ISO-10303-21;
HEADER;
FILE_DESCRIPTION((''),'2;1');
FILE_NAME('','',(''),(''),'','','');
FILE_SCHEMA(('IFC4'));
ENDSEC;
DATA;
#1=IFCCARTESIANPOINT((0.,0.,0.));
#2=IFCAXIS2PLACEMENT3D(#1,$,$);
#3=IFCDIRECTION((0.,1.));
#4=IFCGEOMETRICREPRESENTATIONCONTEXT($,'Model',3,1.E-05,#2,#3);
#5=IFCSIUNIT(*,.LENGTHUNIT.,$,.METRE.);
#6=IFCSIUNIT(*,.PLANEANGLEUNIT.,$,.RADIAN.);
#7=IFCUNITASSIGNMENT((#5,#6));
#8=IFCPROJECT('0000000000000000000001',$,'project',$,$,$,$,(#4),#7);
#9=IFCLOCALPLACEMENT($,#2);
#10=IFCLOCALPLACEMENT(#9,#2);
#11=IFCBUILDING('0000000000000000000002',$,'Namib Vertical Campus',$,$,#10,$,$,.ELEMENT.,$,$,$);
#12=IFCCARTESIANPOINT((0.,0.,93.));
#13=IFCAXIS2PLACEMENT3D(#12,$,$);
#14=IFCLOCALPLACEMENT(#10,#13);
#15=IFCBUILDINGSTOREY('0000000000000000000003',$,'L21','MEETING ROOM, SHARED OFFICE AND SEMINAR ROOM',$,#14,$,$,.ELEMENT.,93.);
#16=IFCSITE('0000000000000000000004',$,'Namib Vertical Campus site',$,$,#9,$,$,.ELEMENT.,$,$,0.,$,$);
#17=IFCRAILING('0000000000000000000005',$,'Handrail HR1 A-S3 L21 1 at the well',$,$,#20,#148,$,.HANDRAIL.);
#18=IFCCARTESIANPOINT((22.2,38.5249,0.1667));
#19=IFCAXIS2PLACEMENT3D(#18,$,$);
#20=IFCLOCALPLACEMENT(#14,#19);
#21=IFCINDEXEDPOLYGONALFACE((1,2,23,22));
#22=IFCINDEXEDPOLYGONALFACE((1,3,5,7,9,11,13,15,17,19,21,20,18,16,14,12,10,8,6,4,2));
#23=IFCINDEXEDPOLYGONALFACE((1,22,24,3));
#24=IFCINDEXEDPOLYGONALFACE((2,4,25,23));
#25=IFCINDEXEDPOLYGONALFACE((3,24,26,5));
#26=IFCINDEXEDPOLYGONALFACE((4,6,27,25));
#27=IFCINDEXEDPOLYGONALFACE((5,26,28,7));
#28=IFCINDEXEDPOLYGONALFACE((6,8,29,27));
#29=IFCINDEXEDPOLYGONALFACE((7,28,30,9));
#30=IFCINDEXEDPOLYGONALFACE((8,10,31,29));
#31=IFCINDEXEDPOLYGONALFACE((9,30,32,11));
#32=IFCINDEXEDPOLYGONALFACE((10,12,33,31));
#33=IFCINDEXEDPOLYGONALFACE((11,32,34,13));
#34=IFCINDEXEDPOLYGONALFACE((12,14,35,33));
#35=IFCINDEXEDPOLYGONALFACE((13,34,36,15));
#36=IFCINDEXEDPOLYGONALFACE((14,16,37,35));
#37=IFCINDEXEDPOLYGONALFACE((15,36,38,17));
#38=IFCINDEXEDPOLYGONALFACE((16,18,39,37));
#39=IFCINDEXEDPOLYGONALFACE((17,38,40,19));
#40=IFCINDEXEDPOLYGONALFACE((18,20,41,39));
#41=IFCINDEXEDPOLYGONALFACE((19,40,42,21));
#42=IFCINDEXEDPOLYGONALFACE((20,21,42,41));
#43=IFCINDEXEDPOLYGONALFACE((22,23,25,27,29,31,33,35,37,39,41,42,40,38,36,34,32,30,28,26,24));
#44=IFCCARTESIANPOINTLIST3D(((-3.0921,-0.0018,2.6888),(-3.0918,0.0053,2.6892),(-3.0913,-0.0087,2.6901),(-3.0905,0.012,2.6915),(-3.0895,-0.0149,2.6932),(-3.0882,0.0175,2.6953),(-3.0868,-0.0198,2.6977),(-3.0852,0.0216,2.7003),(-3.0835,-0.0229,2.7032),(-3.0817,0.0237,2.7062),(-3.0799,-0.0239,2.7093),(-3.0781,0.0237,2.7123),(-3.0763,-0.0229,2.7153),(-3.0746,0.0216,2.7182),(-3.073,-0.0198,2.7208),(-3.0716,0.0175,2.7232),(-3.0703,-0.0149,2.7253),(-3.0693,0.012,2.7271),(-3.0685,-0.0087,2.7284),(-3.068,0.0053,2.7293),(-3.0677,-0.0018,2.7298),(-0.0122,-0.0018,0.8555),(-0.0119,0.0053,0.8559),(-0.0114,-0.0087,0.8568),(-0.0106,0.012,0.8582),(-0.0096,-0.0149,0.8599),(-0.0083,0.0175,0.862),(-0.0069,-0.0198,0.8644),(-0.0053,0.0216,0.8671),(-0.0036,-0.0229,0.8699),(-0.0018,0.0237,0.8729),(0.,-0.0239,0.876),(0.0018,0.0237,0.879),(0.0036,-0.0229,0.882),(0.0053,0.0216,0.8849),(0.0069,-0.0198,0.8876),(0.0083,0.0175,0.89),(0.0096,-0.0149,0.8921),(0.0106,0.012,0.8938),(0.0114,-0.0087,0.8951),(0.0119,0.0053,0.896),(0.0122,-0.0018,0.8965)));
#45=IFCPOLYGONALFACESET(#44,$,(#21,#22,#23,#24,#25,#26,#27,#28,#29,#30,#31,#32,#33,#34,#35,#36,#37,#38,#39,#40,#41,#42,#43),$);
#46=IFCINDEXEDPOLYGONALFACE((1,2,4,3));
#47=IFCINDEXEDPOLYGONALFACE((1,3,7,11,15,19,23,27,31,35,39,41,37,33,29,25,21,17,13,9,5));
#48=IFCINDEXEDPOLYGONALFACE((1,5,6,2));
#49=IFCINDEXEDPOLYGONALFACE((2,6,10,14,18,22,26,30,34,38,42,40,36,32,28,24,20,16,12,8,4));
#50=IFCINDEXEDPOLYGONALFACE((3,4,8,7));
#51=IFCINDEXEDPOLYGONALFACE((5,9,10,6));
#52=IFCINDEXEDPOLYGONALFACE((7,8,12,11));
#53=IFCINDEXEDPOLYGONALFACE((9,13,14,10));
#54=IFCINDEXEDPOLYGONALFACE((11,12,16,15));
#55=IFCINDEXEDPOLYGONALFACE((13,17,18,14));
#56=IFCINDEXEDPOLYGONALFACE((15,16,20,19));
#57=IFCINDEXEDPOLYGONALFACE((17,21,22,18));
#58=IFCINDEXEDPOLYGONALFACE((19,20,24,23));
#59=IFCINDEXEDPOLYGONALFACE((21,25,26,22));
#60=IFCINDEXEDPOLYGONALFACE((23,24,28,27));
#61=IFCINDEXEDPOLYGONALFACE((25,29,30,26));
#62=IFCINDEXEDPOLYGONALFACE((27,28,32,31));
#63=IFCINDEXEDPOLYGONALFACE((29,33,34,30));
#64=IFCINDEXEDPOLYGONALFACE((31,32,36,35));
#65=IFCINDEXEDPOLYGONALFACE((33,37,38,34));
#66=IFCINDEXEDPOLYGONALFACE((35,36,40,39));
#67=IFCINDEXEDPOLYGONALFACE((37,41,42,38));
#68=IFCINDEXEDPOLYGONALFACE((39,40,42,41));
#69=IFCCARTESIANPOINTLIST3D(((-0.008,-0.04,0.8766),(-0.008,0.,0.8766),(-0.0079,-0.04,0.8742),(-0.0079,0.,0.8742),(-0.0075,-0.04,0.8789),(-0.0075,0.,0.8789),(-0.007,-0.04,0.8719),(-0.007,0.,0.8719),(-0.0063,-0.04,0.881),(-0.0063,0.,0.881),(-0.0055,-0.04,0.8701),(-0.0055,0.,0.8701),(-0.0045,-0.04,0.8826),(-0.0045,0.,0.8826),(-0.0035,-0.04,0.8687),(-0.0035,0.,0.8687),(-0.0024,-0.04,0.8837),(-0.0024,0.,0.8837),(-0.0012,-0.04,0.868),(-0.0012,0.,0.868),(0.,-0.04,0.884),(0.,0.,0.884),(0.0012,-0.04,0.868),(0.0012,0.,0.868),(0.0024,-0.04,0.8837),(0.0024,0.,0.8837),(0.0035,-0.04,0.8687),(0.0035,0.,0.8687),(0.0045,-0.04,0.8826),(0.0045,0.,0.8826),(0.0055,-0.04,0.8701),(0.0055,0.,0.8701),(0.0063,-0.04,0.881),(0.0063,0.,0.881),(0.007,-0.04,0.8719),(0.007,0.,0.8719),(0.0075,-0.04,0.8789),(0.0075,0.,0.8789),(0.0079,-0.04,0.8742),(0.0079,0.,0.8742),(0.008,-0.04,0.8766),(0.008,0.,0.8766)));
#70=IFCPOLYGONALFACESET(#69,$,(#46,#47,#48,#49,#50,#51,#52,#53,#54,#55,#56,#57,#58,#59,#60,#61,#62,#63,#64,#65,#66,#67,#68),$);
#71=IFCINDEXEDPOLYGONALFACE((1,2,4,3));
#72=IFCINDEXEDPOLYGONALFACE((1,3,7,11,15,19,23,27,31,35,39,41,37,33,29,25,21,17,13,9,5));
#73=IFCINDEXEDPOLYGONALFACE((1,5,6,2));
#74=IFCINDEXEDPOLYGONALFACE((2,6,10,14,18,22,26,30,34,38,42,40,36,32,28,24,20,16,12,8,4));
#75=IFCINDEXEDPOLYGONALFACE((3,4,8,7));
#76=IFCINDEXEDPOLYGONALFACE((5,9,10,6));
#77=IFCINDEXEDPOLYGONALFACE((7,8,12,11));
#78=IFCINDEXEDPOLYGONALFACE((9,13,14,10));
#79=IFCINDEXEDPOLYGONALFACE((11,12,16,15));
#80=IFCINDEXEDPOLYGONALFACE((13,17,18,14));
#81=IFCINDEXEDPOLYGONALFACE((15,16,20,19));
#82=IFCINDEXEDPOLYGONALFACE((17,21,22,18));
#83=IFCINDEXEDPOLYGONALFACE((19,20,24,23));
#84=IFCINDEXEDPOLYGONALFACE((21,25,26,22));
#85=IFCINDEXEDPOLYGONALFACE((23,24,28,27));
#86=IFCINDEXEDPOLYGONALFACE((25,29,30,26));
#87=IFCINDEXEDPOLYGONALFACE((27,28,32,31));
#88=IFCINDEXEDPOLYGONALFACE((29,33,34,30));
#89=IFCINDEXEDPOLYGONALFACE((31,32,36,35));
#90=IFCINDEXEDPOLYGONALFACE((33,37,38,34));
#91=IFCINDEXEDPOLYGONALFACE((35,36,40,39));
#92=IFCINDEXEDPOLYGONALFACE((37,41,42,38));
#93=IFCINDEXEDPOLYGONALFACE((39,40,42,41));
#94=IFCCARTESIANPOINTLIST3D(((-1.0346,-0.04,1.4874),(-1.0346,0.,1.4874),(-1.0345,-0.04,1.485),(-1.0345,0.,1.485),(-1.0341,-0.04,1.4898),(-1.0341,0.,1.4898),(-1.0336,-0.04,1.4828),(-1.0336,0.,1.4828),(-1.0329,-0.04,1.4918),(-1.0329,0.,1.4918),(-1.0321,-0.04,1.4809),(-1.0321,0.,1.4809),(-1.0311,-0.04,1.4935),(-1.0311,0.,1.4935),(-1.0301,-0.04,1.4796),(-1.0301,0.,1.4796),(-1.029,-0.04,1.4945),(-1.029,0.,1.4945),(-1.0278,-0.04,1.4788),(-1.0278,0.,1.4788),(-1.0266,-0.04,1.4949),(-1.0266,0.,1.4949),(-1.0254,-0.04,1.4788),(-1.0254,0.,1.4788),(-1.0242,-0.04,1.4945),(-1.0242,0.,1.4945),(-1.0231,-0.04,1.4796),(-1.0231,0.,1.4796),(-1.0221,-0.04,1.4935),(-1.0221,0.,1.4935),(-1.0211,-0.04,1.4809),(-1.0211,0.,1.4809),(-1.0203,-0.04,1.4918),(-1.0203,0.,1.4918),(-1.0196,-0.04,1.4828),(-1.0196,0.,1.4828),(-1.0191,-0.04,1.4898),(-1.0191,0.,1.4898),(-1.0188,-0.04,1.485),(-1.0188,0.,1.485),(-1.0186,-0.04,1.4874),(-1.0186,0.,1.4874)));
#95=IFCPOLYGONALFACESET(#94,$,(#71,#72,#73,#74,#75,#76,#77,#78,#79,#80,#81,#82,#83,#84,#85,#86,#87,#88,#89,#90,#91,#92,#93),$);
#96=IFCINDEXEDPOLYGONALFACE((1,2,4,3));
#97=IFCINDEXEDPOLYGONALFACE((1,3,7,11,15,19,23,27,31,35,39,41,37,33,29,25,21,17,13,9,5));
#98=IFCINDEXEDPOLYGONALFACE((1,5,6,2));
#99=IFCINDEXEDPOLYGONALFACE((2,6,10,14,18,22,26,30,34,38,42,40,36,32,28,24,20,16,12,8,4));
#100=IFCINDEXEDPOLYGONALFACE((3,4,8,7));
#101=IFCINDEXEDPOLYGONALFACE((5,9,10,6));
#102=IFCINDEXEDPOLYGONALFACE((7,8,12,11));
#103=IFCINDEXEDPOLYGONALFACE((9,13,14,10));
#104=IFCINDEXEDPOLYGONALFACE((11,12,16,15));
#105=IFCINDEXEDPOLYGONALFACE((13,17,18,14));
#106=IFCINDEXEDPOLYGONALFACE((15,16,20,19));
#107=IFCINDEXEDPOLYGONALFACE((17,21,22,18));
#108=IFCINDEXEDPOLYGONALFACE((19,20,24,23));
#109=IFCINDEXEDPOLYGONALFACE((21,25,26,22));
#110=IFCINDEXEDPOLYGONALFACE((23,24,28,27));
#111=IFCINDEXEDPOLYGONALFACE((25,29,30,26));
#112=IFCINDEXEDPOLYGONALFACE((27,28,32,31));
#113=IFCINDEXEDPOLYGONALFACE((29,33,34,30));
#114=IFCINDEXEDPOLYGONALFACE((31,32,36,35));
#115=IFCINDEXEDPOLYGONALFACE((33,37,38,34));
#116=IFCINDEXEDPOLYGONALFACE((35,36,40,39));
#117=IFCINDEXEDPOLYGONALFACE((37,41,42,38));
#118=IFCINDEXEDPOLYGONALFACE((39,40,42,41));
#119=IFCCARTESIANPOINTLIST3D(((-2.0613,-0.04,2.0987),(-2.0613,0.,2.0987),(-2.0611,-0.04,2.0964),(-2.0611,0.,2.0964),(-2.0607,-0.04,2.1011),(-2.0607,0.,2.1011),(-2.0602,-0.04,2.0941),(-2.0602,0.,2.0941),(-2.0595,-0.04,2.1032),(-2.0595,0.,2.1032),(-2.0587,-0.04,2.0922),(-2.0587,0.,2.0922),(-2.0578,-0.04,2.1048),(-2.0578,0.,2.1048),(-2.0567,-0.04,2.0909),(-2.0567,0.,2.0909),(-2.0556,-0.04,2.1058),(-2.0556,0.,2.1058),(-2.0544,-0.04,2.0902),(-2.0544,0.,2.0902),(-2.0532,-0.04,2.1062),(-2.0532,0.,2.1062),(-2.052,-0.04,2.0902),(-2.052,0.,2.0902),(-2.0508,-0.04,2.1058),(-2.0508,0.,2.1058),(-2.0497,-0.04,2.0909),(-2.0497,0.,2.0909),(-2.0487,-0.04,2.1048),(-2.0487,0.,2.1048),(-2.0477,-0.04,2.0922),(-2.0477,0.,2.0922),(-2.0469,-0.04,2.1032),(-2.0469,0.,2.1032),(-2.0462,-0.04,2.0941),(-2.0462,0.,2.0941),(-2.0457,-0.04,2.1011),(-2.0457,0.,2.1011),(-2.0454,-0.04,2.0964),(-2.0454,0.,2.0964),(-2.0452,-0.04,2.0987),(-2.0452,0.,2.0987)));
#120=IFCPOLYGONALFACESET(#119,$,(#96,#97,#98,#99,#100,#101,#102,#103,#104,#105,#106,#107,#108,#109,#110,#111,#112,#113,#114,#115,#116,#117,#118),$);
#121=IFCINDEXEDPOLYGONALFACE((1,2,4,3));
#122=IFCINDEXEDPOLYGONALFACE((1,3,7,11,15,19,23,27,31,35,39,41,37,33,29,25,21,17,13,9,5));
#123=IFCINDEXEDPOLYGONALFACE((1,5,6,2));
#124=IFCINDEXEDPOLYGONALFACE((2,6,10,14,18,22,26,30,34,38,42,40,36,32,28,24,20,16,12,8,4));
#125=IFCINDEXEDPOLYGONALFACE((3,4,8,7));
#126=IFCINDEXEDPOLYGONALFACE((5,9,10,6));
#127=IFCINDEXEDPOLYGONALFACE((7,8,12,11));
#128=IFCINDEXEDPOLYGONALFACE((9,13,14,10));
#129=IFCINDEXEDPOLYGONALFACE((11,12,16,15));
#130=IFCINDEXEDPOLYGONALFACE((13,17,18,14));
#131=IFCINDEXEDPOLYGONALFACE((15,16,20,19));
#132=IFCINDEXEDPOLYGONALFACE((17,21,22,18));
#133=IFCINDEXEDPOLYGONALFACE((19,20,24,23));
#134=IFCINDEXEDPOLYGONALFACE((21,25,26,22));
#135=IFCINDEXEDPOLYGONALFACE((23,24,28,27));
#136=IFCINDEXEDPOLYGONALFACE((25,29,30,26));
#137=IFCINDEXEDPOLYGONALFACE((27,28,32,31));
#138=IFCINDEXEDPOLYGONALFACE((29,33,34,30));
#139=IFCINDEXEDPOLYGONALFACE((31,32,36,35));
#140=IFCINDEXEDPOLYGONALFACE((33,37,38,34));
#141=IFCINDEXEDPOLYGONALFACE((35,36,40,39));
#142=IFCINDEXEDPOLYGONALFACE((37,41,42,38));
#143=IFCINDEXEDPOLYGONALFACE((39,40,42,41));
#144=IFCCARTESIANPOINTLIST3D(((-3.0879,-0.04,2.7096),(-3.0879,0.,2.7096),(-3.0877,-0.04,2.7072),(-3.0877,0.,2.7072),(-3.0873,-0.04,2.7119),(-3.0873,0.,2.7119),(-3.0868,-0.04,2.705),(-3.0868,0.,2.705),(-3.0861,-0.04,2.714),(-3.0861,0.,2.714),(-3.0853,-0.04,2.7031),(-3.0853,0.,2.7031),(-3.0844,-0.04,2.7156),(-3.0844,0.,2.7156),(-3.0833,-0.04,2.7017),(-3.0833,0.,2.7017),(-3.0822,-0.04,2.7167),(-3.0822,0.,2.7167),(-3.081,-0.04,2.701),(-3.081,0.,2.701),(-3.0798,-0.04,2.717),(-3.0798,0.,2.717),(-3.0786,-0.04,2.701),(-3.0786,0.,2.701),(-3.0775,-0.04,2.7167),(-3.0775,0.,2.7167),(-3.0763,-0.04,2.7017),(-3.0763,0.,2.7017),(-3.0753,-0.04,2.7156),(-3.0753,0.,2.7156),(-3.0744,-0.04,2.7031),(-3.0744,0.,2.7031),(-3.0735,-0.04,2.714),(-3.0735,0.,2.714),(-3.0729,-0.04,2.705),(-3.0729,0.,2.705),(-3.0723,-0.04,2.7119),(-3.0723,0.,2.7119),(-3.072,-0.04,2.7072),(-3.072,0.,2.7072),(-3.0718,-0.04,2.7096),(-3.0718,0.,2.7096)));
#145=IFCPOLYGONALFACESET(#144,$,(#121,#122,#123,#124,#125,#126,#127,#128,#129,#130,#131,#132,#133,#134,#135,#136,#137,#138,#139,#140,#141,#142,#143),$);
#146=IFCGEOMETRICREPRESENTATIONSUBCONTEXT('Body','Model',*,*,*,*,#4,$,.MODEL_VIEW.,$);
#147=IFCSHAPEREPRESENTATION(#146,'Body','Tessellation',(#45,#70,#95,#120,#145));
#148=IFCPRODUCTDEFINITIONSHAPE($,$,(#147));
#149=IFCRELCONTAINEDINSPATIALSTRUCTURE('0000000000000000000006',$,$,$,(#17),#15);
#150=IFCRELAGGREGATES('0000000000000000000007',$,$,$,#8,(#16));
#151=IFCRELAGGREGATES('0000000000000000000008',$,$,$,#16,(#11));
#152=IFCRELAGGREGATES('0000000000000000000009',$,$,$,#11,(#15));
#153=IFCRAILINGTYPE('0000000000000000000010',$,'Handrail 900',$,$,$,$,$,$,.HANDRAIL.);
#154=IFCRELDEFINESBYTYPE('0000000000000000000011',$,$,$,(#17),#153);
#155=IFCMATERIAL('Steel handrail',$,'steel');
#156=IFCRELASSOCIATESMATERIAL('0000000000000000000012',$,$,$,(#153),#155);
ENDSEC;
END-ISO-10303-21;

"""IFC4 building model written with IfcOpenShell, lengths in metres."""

from ifc_helpers import new_model, si_unit, direction, frame, origin, origin_2d, place, context, subcontext, project, spatial, circle, extrude, material, type_object, element, save


model = new_model("IFC4")

# Units and contexts
model_context = context("Model", 3, precision=1e-05, world=origin(), true_north=direction((0.0, 1.0)))
body_context = subcontext(model_context, "Body", "Model", "MODEL_VIEW")
ifc_project = project(units=[si_unit("LENGTHUNIT", "METRE"), si_unit("PLANEANGLEUNIT", "RADIAN")], contexts=[model_context])

# Site, building, storey
site_placement = place(None, origin())
site = spatial("IfcSite", under=ifc_project, at=site_placement, Name="Namib Vertical Campus site", CompositionType="ELEMENT", RefElevation=0.0)
building_placement = place(site_placement, origin())
building = spatial("IfcBuilding", under=site, at=building_placement, Name="Namib Vertical Campus", CompositionType="ELEMENT")
storey_placement = place(building_placement, frame((0.0, 0.0, 93.0)))
storey = spatial("IfcBuildingStorey", under=building, at=storey_placement, Name="L21", Description="MEETING ROOM, SHARED OFFICE AND SEMINAR ROOM", CompositionType="ELEMENT", Elevation=93.0)

# Railing
ifc_material_1 = material(Name="Steel handrail", Category="steel")
railing_type_1 = type_object("IfcRailingType", Name="Handrail 900", PredefinedType="HANDRAIL", material=ifc_material_1)
railing_1_placement = place(storey_placement, frame((22.2, 38.5249, 0.1667)))
element("IfcRailing", 1, at=railing_1_placement, inside=storey, type_object=railing_type_1, Name="Handrail HR1 A-S3 L21 1 at the well", PredefinedType="HANDRAIL", context=body_context, shape_type="SweptSolid", body=[
    extrude(circle(Radius=0.0239, at=origin_2d()), frame((0.0, 0.0, 0.876), z_axis=(-0.859291, 0.0, 0.511487), x_axis=(0.0, -1.0, 0.0)), (0.0, 0.0, 1.0), 3.5842),
    extrude(circle(Radius=0.0081, at=origin_2d()), frame((0.0, 0.0, 0.876), z_axis=(0.0, -1.0, 0.0), x_axis=(0.0, 0.0, 1.0)), (0.0, 0.0, 1.0), 0.04),
    extrude(circle(Radius=0.0081, at=origin_2d()), frame((-1.0266, 0.0, 1.4868), z_axis=(0.0, -1.0, 0.0), x_axis=(0.0, 0.0, 1.0)), (0.0, 0.0, 1.0), 0.04),
    extrude(circle(Radius=0.0081, at=origin_2d()), frame((-2.0532, 0.0, 2.0981), z_axis=(0.0, -1.0, 0.0), x_axis=(0.0, 0.0, 1.0)), (0.0, 0.0, 1.0), 0.04),
    extrude(circle(Radius=0.0081, at=origin_2d()), frame((-3.0798, 0.0, 2.709), z_axis=(0.0, -1.0, 0.0), x_axis=(0.0, 0.0, 1.0)), (0.0, 0.0, 1.0), 0.04),
])

save(model, "model.ifc")
